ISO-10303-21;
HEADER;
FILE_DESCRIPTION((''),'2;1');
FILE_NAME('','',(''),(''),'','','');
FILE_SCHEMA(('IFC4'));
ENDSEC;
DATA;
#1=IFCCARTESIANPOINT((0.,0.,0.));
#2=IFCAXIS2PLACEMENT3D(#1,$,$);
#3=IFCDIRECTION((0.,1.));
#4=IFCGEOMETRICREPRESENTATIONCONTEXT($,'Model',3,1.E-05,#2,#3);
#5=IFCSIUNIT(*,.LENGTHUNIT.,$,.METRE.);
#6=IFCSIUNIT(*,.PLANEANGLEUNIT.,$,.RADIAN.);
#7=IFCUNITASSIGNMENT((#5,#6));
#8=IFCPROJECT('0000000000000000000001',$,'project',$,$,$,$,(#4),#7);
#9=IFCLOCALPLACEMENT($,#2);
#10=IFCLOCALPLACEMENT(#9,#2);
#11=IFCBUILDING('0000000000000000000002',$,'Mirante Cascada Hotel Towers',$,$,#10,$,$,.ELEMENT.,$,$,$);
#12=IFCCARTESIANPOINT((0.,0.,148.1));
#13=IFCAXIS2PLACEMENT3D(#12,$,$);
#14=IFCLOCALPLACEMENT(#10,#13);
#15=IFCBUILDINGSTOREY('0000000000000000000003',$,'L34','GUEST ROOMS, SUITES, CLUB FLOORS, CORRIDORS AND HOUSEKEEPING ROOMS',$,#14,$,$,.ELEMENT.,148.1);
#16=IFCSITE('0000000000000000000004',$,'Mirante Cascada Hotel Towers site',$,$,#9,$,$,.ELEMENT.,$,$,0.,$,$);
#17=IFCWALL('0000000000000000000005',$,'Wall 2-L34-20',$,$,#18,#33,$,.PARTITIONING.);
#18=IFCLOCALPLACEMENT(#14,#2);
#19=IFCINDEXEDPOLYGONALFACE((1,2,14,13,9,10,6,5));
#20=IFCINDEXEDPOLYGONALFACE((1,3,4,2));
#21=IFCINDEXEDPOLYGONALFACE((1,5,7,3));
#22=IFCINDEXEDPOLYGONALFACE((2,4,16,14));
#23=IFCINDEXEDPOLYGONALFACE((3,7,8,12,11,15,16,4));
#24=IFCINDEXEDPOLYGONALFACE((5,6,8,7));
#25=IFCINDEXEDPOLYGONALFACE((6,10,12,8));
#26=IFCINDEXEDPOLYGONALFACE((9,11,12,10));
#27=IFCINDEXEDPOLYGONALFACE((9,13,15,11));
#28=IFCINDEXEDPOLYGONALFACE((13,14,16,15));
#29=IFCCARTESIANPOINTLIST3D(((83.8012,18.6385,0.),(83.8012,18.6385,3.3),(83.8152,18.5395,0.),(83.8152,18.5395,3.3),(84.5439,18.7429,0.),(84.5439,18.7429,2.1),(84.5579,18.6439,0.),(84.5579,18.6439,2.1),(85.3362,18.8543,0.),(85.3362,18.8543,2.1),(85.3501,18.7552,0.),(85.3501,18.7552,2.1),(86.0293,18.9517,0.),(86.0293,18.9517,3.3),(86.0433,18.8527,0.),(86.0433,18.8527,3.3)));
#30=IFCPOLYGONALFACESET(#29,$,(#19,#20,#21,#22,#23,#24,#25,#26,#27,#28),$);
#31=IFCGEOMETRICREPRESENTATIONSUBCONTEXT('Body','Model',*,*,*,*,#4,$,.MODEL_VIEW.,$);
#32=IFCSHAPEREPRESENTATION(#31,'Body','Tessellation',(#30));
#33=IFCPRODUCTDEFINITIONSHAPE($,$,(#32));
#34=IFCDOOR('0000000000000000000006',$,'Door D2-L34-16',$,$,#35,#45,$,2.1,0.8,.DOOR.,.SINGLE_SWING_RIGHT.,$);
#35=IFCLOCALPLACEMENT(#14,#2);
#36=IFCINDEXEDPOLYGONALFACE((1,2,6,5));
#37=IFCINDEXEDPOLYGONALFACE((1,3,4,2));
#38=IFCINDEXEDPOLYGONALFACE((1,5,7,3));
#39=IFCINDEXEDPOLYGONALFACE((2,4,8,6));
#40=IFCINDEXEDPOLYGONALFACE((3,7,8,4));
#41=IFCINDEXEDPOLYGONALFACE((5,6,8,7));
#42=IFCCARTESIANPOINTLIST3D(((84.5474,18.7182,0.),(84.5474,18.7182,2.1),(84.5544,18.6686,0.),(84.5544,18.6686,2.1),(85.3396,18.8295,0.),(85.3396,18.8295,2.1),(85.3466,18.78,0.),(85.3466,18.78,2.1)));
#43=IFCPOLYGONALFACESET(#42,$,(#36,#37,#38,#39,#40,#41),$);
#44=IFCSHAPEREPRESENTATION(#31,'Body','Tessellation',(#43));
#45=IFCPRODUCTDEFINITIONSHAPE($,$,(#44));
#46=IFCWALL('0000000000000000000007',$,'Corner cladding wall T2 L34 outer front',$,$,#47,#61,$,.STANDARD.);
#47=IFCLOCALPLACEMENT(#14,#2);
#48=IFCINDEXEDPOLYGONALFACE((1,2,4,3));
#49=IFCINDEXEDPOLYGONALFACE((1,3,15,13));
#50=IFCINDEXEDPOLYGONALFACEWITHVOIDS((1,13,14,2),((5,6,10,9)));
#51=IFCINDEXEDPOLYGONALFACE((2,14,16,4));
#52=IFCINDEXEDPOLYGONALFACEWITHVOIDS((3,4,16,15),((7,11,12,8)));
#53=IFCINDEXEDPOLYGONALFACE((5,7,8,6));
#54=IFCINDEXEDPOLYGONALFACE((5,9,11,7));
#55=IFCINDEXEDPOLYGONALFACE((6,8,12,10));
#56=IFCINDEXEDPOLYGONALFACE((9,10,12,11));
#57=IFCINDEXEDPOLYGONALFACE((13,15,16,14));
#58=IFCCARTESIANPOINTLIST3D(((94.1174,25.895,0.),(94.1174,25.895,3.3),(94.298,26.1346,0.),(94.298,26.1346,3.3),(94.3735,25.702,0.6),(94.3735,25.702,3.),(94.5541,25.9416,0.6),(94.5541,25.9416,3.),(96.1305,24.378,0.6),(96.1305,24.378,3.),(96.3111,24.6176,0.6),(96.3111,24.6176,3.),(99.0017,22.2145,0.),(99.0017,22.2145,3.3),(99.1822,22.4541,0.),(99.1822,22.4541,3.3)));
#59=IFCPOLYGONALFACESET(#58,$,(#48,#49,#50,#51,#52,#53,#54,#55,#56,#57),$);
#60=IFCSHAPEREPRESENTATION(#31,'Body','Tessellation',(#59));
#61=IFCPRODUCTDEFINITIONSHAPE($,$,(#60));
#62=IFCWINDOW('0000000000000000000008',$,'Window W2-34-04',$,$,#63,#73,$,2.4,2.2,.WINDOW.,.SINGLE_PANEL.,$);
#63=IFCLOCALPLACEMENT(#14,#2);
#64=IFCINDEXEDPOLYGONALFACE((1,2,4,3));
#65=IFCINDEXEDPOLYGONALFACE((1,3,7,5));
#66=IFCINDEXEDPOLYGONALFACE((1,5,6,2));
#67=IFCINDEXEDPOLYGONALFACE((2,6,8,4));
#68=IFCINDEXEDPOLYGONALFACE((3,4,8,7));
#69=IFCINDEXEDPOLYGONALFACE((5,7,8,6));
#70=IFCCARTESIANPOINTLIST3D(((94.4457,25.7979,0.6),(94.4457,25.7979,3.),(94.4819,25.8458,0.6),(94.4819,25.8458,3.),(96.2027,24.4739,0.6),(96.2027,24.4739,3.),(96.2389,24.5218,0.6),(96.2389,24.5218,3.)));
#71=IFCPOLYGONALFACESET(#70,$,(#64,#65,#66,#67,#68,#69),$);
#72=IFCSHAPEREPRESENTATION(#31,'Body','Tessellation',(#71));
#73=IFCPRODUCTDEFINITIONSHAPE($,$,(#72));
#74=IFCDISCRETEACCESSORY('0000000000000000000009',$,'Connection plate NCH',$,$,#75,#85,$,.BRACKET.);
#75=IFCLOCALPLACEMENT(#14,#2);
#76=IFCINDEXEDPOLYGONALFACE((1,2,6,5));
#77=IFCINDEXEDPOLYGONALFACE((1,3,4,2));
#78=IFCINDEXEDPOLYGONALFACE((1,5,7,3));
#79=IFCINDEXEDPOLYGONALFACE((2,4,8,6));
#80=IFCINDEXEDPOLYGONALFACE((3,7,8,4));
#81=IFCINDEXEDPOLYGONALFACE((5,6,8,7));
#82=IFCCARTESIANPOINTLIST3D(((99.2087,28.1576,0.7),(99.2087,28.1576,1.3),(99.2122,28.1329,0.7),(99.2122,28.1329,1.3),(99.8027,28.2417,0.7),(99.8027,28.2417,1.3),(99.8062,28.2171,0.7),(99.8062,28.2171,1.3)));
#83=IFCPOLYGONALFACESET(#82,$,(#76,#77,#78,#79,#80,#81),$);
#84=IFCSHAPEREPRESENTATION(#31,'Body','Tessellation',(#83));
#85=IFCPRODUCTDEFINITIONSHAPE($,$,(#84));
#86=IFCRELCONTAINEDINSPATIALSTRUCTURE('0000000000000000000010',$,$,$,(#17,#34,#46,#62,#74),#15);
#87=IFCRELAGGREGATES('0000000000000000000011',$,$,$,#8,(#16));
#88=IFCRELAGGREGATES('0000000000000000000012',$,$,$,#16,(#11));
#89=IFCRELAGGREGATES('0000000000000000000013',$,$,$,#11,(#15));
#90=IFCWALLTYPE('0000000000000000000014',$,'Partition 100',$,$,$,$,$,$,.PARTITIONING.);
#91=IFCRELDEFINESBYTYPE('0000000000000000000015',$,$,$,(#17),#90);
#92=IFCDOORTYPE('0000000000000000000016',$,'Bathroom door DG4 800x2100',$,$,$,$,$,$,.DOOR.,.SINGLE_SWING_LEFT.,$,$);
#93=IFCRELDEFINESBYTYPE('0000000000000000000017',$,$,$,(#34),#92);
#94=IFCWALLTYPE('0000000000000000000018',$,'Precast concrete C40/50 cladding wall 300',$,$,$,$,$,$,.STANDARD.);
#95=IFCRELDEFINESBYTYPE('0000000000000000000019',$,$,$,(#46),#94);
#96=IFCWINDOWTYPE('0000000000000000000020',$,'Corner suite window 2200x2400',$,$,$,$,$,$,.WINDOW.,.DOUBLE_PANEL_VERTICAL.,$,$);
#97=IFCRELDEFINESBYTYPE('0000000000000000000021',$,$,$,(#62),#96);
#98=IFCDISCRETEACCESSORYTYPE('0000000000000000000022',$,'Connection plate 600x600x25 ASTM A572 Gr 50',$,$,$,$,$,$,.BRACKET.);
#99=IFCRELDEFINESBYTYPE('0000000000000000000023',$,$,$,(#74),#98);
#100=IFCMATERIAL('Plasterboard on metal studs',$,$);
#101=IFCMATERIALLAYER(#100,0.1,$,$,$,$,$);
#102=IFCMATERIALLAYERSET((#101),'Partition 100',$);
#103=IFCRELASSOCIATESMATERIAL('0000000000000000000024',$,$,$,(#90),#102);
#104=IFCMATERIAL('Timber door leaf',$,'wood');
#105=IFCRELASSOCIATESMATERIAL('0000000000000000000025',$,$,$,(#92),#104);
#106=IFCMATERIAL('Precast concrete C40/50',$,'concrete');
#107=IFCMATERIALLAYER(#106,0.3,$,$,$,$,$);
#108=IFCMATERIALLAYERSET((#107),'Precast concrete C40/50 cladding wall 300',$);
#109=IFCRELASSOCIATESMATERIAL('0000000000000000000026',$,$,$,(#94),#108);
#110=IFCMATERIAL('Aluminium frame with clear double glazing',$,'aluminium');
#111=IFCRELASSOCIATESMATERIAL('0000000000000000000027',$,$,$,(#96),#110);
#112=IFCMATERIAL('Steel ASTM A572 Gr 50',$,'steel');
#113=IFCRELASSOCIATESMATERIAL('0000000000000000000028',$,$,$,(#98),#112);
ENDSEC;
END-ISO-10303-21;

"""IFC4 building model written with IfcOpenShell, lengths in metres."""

from ifc_helpers import new_model, si_unit, direction, frame, frame_2d, origin, origin_2d, place, context, subcontext, project, spatial, rectangle, extrude, material, layer, layer_set, material_profile, profile_set, type_object, element, fill, save


model = new_model("IFC4")

# Units and contexts
model_context = context("Model", 3, precision=1e-05, world=origin(), true_north=direction((0.0, 1.0)))
body_context = subcontext(model_context, "Body", "Model", "MODEL_VIEW")
ifc_project = project(units=[si_unit("LENGTHUNIT", "METRE"), si_unit("PLANEANGLEUNIT", "RADIAN")], contexts=[model_context])

# Site, building, storey
site_placement = place(None, origin())
site = spatial("IfcSite", under=ifc_project, at=site_placement, Name="Mirante Cascada Hotel Towers site", CompositionType="ELEMENT", RefElevation=0.0)
building_placement = place(site_placement, origin())
building = spatial("IfcBuilding", under=site, at=building_placement, Name="Mirante Cascada Hotel Towers", CompositionType="ELEMENT")
storey_placement = place(building_placement, frame((0.0, 0.0, 148.1)))
storey = spatial("IfcBuildingStorey", under=building, at=storey_placement, Name="L34", Description="GUEST ROOMS, SUITES, CLUB FLOORS, CORRIDORS AND HOUSEKEEPING ROOMS", CompositionType="ELEMENT", Elevation=148.1)

# Wall, opening, door
ifc_material_1 = material(Name="Plasterboard on metal studs")
ifc_layer_1 = layer(ifc_material_1, 0.1)
ifc_layer_set_1 = layer_set([ifc_layer_1], Name="Partition 100")
wall_type_1 = type_object("IfcWallType", Name="Partition 100", PredefinedType="PARTITIONING", material=ifc_layer_set_1)
wall_1_placement = place(storey_placement, frame((86.0363, 18.9022, 0.0), z_axis=(0.0, 0.0, 1.0), x_axis=(-0.990264, -0.1392, 0.0)))
wall_1 = element("IfcWall", 1, at=wall_1_placement, inside=storey, type_object=wall_type_1, Name="Wall 2-L34-20", PredefinedType="PARTITIONING", context=body_context, shape_type="SweptSolid", body=[
    extrude(rectangle(XDim=2.25, YDim=0.1, at=frame_2d((1.125, 0.0))), origin(), (0.0, 0.0, 1.0), 3.3),
])
opening_1_placement = place(wall_1_placement, frame((0.7, 0.0, 0.0)))
opening_1 = element("IfcOpeningElement", 2, at=opening_1_placement, cuts=wall_1, PredefinedType="OPENING", context=body_context, shape_type="SweptSolid", body=[
    extrude(rectangle(XDim=0.8, YDim=2.1, at=frame_2d((0.4, 1.05))), frame((0.0, 0.05, 0.0), z_axis=(0.0, -1.0, 0.0), x_axis=(1.0, 0.0, 0.0)), (0.0, 0.0, 1.0), 0.1),
])
ifc_material_2 = material(Name="Timber door leaf", Category="wood")
door_type = type_object("IfcDoorType", Name="Bathroom door DG4 800x2100", OperationType="SINGLE_SWING_LEFT", PredefinedType="DOOR", material=ifc_material_2)
door_placement = place(opening_1_placement, frame((0.8, 0.0, 0.0), z_axis=(0.0, 0.0, 1.0), x_axis=(-1.0, 0.0, 0.0)))
door = element("IfcDoor", 3, at=door_placement, inside=storey, type_object=door_type, Name="Door D2-L34-16", OperationType="SINGLE_SWING_RIGHT", OverallHeight=2.1, OverallWidth=0.8, PredefinedType="DOOR", context=body_context, shape_type="SweptSolid", body=[
    extrude(rectangle(XDim=0.8, YDim=2.1, at=frame_2d((0.4, 1.05))), frame((0.0, 0.025, 0.0), z_axis=(0.0, -1.0, 0.0), x_axis=(1.0, 0.0, 0.0)), (0.0, 0.0, 1.0), 0.05),
])
fill(opening_1, door)

# Wall, opening, window
ifc_material_3 = material(Name="Precast concrete C40/50", Category="concrete")
ifc_layer_2 = layer(ifc_material_3, 0.3)
ifc_layer_set_2 = layer_set([ifc_layer_2], Name="Precast concrete C40/50 cladding wall 300")
wall_type_2 = type_object("IfcWallType", Name="Precast concrete C40/50 cladding wall 300", PredefinedType="STANDARD", material=ifc_layer_set_2)
wall_2_placement = place(storey_placement, frame((99.0919, 22.3343, 0.0), z_axis=(0.0, 0.0, 1.0), x_axis=(-0.798636, 0.601814, 0.0)))
wall_2 = element("IfcWall", 4, at=wall_2_placement, inside=storey, type_object=wall_type_2, Name="Corner cladding wall T2 L34 outer front", PredefinedType="STANDARD", context=body_context, shape_type="SweptSolid", body=[
    extrude(rectangle(XDim=6.1157, YDim=0.3, at=frame_2d((3.0578, 0.0))), origin(), (0.0, 0.0, 1.0), 3.3),
])
opening_2_placement = place(wall_2_placement, frame((3.595, 0.0, 0.6)))
opening_2 = element("IfcOpeningElement", 5, at=opening_2_placement, cuts=wall_2, PredefinedType="OPENING", context=body_context, shape_type="SweptSolid", body=[
    extrude(rectangle(XDim=2.2, YDim=2.4, at=frame_2d((1.1, 1.2))), frame((0.0, 0.15, 0.0), z_axis=(0.0, -1.0, 0.0), x_axis=(1.0, 0.0, 0.0)), (0.0, 0.0, 1.0), 0.3),
])
ifc_material_4 = material(Name="Aluminium frame with clear double glazing", Category="aluminium")
window_type = type_object("IfcWindowType", Name="Corner suite window 2200x2400", PartitioningType="DOUBLE_PANEL_VERTICAL", PredefinedType="WINDOW", material=ifc_material_4)
window_placement = place(opening_2_placement, origin())
window = element("IfcWindow", 6, at=window_placement, inside=storey, type_object=window_type, Name="Window W2-34-04", OverallHeight=2.4, OverallWidth=2.2, PartitioningType="SINGLE_PANEL", PredefinedType="WINDOW", context=body_context, shape_type="SweptSolid", body=[
    extrude(rectangle(XDim=2.2, YDim=2.4, at=frame_2d((1.1, 1.2))), frame((0.0, 0.03, 0.0), z_axis=(0.0, -1.0, 0.0), x_axis=(1.0, 0.0, 0.0)), (0.0, 0.0, 1.0), 0.06),
])
fill(opening_2, window)

# Discrete accessory
ifc_material_5 = material(Name="Steel ASTM A572 Gr 50", Category="steel")
ifc_material_profile_1 = material_profile(ifc_material_5, rectangle(XDim=0.6, YDim=0.6, at=origin_2d()), Name="Connection plate 600x600x25 ASTM A572 Gr 50")
ifc_profile_set_1 = profile_set([ifc_material_profile_1], Name="Steel ASTM A572 Gr 50")
discrete_accessory_type = type_object("IfcDiscreteAccessoryType", Name="Connection plate 600x600x25 ASTM A572 Gr 50", PredefinedType="BRACKET", material=ifc_profile_set_1)
discrete_accessory_placement = place(storey_placement, frame((99.5092, 28.175, 1.0), z_axis=(-0.140299, 0.990109, 0.0), x_axis=(-0.990109, -0.140299, 0.0)))
element("IfcDiscreteAccessory", 7, at=discrete_accessory_placement, inside=storey, type_object=discrete_accessory_type, Name="Connection plate NCH", PredefinedType="BRACKET", context=body_context, shape_type="SweptSolid", body=[
    extrude(rectangle(XDim=0.6, YDim=0.6, at=origin_2d()), origin(), (0.0, 0.0, 1.0), 0.0249),
])

save(model, "model.ifc")
